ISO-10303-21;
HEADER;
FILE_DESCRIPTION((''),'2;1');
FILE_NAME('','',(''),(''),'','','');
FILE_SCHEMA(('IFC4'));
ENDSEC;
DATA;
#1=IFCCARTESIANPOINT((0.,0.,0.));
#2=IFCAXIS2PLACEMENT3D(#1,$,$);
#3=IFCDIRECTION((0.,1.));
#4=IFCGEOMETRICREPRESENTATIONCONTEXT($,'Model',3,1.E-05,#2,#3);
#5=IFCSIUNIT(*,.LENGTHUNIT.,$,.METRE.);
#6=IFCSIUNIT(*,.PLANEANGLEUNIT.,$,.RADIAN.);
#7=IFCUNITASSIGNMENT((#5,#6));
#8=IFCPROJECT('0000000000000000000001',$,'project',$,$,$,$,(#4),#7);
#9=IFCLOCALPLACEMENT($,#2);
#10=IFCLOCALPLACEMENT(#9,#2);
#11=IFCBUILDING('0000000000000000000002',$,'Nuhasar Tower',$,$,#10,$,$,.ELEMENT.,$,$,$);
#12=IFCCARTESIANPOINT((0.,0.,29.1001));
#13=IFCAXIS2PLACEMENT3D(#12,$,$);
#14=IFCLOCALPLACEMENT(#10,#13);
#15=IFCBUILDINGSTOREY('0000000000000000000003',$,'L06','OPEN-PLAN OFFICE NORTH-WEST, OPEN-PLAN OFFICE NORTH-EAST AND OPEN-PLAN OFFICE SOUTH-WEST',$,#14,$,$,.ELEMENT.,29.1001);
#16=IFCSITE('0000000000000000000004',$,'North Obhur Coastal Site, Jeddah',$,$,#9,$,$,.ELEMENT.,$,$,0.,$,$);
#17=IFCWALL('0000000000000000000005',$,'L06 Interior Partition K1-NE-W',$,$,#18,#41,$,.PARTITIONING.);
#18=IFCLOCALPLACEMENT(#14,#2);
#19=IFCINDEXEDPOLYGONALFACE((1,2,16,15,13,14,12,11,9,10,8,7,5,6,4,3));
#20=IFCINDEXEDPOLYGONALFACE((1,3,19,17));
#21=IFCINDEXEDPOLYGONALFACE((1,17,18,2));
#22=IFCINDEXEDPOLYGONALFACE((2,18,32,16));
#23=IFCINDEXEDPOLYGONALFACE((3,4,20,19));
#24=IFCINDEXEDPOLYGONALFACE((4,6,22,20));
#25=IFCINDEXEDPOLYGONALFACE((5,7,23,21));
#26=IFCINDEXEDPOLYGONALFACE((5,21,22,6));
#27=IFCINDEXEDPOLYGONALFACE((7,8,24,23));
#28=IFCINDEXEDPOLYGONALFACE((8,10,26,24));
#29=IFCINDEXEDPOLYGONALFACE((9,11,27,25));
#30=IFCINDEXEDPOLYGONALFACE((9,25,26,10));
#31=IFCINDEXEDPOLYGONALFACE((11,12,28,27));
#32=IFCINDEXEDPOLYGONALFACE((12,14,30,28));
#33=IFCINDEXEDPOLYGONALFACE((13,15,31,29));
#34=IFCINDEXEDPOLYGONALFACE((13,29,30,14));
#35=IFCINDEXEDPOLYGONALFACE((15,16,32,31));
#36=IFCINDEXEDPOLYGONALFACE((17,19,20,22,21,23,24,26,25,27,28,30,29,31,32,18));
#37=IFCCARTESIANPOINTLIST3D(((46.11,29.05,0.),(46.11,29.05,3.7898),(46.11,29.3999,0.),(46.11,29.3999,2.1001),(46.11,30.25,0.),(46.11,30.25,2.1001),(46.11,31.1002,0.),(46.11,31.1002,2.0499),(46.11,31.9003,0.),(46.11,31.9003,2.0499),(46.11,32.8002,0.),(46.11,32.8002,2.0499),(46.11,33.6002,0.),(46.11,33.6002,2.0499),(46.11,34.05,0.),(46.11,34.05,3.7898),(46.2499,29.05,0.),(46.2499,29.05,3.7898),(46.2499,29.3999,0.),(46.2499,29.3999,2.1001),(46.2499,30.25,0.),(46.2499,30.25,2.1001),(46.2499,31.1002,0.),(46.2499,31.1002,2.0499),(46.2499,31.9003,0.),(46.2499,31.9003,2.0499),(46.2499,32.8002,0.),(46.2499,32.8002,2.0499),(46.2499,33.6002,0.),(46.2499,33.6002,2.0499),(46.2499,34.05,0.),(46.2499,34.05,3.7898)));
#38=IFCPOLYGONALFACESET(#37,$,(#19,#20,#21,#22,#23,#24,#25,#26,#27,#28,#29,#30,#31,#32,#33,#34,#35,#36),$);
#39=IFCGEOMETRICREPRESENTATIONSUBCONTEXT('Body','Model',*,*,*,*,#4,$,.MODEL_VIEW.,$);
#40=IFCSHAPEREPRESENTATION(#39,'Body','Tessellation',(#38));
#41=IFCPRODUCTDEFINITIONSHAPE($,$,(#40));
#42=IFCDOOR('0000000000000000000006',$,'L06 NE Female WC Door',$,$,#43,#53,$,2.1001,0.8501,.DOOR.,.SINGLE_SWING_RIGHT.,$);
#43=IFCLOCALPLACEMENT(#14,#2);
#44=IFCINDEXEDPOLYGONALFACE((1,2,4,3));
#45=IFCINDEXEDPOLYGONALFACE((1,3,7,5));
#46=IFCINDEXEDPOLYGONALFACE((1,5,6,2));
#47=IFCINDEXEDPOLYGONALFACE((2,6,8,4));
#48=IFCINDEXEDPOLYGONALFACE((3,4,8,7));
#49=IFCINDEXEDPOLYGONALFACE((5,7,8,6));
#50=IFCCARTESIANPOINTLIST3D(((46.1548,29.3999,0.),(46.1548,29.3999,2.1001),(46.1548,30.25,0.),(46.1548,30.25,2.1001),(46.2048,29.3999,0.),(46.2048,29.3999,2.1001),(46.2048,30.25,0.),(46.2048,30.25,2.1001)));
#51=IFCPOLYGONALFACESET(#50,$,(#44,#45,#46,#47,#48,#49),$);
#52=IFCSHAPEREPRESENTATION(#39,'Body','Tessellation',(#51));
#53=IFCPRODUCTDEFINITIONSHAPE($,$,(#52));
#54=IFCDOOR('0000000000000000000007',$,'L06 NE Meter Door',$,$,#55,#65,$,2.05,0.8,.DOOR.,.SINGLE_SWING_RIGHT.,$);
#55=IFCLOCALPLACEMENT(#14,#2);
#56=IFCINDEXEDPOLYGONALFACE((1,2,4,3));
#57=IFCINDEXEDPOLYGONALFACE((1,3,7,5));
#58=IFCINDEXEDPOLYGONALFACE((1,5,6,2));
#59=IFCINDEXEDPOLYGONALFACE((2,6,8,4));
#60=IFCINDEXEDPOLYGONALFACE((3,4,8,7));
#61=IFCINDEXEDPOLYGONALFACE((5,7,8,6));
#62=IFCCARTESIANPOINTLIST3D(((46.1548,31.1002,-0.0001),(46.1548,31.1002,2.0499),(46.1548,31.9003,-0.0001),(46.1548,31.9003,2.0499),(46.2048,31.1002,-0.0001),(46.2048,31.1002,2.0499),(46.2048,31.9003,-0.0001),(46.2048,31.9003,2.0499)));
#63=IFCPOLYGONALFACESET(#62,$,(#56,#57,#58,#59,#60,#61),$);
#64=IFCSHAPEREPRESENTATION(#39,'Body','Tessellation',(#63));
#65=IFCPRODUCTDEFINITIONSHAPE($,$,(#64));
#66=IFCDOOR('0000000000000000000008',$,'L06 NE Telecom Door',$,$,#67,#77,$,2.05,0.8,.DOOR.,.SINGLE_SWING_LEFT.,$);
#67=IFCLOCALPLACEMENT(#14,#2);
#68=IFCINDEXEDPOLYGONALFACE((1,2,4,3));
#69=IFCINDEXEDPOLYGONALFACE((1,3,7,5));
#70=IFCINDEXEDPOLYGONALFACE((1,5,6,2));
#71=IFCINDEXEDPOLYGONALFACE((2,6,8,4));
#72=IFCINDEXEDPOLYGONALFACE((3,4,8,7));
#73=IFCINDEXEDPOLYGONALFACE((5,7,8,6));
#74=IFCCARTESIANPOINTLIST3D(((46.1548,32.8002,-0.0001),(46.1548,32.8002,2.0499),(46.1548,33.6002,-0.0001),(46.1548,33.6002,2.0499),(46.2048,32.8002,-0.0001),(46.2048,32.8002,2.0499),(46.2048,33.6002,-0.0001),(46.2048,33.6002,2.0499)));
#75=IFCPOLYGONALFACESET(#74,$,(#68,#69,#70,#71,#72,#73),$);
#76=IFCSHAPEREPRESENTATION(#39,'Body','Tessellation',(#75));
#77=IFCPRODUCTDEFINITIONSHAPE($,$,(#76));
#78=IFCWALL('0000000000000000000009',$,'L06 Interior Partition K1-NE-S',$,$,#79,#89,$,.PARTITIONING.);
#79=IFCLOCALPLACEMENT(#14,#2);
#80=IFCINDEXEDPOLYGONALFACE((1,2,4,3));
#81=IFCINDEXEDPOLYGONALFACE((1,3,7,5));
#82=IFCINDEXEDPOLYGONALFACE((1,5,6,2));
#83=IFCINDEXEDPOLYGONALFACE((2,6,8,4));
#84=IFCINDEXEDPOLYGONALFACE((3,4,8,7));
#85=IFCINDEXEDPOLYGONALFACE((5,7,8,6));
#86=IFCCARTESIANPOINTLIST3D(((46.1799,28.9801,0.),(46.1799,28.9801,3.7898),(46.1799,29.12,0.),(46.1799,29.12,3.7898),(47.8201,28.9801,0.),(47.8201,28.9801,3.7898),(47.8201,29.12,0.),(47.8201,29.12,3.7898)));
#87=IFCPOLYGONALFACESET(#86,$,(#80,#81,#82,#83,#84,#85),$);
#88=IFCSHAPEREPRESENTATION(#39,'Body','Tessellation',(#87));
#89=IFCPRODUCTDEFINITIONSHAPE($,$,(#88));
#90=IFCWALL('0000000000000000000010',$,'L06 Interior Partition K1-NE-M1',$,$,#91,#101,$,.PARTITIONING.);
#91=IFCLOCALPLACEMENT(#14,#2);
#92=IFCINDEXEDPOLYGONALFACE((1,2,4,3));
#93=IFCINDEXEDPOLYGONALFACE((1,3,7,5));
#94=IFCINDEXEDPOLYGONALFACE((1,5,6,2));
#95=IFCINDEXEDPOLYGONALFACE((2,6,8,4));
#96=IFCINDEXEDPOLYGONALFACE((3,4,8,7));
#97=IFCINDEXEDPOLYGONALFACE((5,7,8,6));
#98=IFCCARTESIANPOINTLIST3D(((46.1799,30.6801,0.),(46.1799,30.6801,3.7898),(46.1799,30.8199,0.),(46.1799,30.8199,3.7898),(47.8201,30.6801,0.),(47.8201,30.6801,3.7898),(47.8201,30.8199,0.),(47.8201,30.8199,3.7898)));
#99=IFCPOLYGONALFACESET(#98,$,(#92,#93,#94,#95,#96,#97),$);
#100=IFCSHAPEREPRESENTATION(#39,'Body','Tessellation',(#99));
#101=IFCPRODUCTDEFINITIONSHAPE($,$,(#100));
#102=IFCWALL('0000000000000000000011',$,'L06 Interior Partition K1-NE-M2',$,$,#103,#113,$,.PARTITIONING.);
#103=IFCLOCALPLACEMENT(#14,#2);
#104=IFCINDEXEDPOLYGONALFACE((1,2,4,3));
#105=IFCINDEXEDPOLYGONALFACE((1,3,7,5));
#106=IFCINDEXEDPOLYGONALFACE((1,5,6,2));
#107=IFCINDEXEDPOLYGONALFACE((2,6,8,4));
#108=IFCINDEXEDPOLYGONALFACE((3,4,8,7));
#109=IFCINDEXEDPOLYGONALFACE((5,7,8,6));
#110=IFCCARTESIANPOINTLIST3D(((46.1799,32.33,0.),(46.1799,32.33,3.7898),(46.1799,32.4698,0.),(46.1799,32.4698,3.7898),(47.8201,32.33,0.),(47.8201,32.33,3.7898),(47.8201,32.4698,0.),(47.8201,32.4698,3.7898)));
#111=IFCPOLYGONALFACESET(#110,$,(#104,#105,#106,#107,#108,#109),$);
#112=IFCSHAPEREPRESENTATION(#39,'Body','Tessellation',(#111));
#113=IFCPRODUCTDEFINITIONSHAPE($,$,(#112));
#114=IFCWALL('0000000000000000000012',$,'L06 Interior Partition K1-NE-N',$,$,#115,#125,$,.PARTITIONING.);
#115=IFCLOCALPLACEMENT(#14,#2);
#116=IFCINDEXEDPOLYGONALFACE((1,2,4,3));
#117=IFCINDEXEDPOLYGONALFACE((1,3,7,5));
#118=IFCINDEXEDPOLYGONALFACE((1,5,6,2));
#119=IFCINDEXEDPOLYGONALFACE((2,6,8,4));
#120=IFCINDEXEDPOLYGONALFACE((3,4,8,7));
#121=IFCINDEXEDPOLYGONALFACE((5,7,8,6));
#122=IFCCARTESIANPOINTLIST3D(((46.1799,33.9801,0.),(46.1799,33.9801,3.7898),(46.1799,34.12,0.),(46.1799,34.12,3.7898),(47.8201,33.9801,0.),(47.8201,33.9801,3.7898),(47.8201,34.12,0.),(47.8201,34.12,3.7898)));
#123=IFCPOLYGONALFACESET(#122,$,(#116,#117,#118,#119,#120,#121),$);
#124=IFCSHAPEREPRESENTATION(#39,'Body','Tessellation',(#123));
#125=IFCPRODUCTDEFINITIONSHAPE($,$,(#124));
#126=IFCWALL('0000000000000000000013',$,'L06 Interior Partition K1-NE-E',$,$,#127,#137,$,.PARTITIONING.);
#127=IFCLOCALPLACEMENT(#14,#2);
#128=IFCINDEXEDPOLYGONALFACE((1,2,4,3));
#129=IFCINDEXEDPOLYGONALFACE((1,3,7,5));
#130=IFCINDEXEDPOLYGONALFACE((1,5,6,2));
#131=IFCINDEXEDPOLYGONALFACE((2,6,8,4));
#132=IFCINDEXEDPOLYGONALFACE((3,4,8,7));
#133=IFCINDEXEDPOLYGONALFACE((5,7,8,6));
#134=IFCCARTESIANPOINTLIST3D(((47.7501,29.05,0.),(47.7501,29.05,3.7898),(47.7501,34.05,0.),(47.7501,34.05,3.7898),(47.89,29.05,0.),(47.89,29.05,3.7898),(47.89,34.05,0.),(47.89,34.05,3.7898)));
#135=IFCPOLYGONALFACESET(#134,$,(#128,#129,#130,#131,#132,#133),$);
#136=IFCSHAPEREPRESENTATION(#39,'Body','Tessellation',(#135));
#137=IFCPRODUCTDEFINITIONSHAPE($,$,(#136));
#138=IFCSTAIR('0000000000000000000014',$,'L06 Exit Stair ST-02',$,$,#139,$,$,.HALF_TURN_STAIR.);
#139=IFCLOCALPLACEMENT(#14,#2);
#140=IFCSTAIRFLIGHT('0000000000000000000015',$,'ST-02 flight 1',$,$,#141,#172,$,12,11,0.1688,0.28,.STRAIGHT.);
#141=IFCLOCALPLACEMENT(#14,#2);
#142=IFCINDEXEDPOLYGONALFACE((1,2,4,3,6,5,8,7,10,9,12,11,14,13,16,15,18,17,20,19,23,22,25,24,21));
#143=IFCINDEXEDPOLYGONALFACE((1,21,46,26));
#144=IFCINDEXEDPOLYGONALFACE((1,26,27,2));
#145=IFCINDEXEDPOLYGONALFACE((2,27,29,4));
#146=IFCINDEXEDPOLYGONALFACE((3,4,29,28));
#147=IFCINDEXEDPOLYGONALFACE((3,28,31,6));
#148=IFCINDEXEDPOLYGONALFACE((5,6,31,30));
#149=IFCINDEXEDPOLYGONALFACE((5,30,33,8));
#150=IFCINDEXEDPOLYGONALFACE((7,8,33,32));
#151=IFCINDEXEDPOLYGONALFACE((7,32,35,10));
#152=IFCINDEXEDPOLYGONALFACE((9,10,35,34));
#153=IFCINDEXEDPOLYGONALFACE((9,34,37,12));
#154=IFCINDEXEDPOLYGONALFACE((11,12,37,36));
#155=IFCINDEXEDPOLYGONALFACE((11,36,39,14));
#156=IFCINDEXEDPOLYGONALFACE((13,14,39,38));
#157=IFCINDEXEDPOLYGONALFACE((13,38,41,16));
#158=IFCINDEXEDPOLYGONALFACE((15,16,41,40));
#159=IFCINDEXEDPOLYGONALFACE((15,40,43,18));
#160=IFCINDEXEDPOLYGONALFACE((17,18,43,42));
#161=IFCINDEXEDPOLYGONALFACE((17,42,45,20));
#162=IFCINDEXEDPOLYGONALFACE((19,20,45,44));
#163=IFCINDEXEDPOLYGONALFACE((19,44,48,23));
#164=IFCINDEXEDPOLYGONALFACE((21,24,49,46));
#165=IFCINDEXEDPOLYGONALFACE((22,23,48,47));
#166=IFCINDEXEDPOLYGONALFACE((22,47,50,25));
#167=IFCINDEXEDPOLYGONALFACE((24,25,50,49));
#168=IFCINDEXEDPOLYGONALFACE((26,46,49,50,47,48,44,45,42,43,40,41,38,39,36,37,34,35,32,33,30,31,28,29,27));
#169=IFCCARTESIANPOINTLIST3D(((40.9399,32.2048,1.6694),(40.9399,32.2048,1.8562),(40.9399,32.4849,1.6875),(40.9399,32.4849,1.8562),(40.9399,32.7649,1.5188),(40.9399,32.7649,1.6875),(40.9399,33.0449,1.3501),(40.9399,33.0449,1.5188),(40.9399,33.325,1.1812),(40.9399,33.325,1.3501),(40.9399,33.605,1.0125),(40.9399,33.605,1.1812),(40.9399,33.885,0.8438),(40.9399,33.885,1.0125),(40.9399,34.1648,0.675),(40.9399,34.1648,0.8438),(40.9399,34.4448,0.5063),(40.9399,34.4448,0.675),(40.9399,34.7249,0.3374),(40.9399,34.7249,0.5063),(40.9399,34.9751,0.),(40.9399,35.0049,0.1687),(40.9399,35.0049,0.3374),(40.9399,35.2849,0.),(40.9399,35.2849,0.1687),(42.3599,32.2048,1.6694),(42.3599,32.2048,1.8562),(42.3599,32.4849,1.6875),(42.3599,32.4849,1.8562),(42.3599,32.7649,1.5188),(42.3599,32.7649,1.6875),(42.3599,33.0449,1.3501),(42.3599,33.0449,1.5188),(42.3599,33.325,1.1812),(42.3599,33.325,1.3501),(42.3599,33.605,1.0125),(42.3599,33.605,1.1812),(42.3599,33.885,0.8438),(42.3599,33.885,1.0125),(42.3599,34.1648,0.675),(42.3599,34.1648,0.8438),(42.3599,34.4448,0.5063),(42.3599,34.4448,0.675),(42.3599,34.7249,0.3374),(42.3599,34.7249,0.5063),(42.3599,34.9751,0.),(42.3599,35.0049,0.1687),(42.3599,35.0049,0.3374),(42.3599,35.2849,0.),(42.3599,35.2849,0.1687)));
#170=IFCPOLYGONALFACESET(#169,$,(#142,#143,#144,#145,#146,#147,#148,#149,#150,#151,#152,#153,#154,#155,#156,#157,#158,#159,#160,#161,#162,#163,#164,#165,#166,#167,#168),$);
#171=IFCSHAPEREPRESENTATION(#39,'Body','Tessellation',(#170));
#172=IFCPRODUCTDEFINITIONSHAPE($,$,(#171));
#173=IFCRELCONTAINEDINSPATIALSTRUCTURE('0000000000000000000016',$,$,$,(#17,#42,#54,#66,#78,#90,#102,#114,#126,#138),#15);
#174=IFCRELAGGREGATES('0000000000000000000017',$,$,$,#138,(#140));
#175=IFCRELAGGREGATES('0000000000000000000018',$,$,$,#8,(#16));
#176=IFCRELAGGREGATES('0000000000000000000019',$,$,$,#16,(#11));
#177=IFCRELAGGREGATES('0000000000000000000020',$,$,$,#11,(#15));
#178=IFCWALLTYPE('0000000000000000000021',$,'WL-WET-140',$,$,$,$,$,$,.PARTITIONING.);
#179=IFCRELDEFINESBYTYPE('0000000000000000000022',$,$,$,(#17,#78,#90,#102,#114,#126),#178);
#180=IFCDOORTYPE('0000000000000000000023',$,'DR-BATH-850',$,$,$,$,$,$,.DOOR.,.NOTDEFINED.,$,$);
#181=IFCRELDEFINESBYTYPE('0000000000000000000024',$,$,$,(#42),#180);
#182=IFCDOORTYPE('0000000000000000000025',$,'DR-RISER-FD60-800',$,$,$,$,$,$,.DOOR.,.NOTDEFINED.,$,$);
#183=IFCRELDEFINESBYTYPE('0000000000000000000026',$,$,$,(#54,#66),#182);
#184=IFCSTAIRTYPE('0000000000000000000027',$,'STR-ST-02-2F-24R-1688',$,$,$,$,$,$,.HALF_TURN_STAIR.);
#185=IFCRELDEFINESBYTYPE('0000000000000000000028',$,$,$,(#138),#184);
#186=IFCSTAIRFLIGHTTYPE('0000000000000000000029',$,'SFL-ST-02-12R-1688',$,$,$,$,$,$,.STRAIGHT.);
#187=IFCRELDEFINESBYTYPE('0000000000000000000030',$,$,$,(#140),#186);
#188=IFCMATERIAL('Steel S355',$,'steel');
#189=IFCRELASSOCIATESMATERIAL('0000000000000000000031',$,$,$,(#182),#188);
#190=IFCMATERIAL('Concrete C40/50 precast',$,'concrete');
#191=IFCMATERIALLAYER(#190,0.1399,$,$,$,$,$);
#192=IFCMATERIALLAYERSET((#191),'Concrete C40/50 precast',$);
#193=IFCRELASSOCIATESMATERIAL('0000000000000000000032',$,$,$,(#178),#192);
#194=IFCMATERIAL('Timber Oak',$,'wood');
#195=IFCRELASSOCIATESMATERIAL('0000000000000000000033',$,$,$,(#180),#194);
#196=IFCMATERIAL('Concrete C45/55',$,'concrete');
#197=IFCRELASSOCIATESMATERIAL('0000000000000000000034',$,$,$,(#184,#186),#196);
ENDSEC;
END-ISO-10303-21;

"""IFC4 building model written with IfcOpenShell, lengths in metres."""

from ifc_helpers import new_model, si_unit, direction, frame, frame_2d, origin, place, context, subcontext, project, spatial, polyline, rectangle, outline, extrude, material, layer, layer_set, type_object, element, fill, aggregate, save


model = new_model("IFC4")

# Units and contexts
model_context = context("Model", 3, precision=1e-05, world=origin(), true_north=direction((0.0, 1.0)))
body_context = subcontext(model_context, "Body", "Model", "MODEL_VIEW")
ifc_project = project(units=[si_unit("LENGTHUNIT", "METRE"), si_unit("PLANEANGLEUNIT", "RADIAN")], contexts=[model_context])

# Site, building, storey
site_placement = place(None, origin())
site = spatial("IfcSite", under=ifc_project, at=site_placement, Name="North Obhur Coastal Site, Jeddah", CompositionType="ELEMENT", RefElevation=0.0)
building_placement = place(site_placement, origin())
building = spatial("IfcBuilding", under=site, at=building_placement, Name="Nuhasar Tower", CompositionType="ELEMENT")
storey_placement = place(building_placement, frame((0.0, 0.0, 29.1001)))
storey = spatial("IfcBuildingStorey", under=building, at=storey_placement, Name="L06", Description="OPEN-PLAN OFFICE NORTH-WEST, OPEN-PLAN OFFICE NORTH-EAST AND OPEN-PLAN OFFICE SOUTH-WEST", CompositionType="ELEMENT", Elevation=29.1001)

# Shared definitions
ifc_material_1 = material(Name="Steel S355", Category="steel")

# Shared definitions
ifc_material_2 = material(Name="Concrete C45/55", Category="concrete")

# Shared definitions
door_type_1 = type_object("IfcDoorType", Name="DR-RISER-FD60-800", OperationType="NOTDEFINED", PredefinedType="DOOR", material=ifc_material_1)

# Shared definitions
ifc_material_3 = material(Name="Concrete C40/50 precast", Category="concrete")
ifc_layer_1 = layer(ifc_material_3, 0.1399)
ifc_layer_set_1 = layer_set([ifc_layer_1], Name="Concrete C40/50 precast")
wall_type_1 = type_object("IfcWallType", Name="WL-WET-140", PredefinedType="PARTITIONING", material=ifc_layer_set_1)

# Wall, openings, doors
wall_1_placement = place(storey_placement, frame((46.1799, 34.05, 0.0), z_axis=(0.0, 0.0, 1.0), x_axis=(0.0, -1.0, 0.0)))
wall_1 = element("IfcWall", 1, at=wall_1_placement, inside=storey, type_object=wall_type_1, Name="L06 Interior Partition K1-NE-W", PredefinedType="PARTITIONING", context=body_context, shape_type="SweptSolid", body=[
    extrude(rectangle(XDim=5.0, YDim=0.1399, at=frame_2d((2.5, 0.0))), origin(), (0.0, 0.0, 1.0), 3.7898),
])
opening_1_placement = place(wall_1_placement, frame((3.8, 0.0, 0.0)))
opening_1 = element("IfcOpeningElement", 2, at=opening_1_placement, cuts=wall_1, PredefinedType="OPENING", context=body_context, shape_type="SweptSolid", body=[
    extrude(rectangle(XDim=0.8501, YDim=2.1001, at=frame_2d((0.425, 1.05))), frame((0.0, 0.0801, 0.0), z_axis=(0.0, -1.0, 0.0), x_axis=(1.0, 0.0, 0.0)), (0.0, 0.0, 1.0), 0.1599),
])
opening_2_placement = place(wall_1_placement, frame((2.1499, 0.0, 0.0)))
opening_2 = element("IfcOpeningElement", 3, at=opening_2_placement, cuts=wall_1, PredefinedType="OPENING", context=body_context, shape_type="SweptSolid", body=[
    extrude(rectangle(XDim=0.8, YDim=2.05, at=frame_2d((0.3999, 1.0249))), frame((0.0, 0.0801, 0.0), z_axis=(0.0, -1.0, 0.0), x_axis=(1.0, 0.0, 0.0)), (0.0, 0.0, 1.0), 0.1599),
])
opening_3_placement = place(wall_1_placement, frame((0.45, 0.0, 0.0)))
opening_3 = element("IfcOpeningElement", 4, at=opening_3_placement, cuts=wall_1, PredefinedType="OPENING", context=body_context, shape_type="SweptSolid", body=[
    extrude(rectangle(XDim=0.8, YDim=2.05, at=frame_2d((0.3999, 1.0249))), frame((0.0, 0.0801, 0.0), z_axis=(0.0, -1.0, 0.0), x_axis=(1.0, 0.0, 0.0)), (0.0, 0.0, 1.0), 0.1599),
])
ifc_material_4 = material(Name="Timber Oak", Category="wood")
door_type_2 = type_object("IfcDoorType", Name="DR-BATH-850", OperationType="NOTDEFINED", PredefinedType="DOOR", material=ifc_material_4)
door_1_placement = place(opening_1_placement, origin())
door_1 = element("IfcDoor", 5, at=door_1_placement, inside=storey, type_object=door_type_2, Name="L06 NE Female WC Door", OperationType="SINGLE_SWING_RIGHT", OverallHeight=2.1001, OverallWidth=0.8501, PredefinedType="DOOR", context=body_context, shape_type="SweptSolid", body=[
    extrude(rectangle(XDim=0.8501, YDim=2.1001, at=frame_2d((0.425, 1.05))), frame((0.0, 0.0249, 0.0), z_axis=(0.0, -1.0, 0.0), x_axis=(1.0, 0.0, 0.0)), (0.0, 0.0, 1.0), 0.05),
])
fill(opening_1, door_1)
door_2_placement = place(opening_2_placement, origin())
door_2 = element("IfcDoor", 6, at=door_2_placement, inside=storey, type_object=door_type_1, Name="L06 NE Meter Door", OperationType="SINGLE_SWING_RIGHT", OverallHeight=2.05, OverallWidth=0.8, PredefinedType="DOOR", context=body_context, shape_type="SweptSolid", body=[
    extrude(rectangle(XDim=0.8, YDim=2.05, at=frame_2d((0.3999, 1.0249))), frame((0.0, 0.0249, 0.0), z_axis=(0.0, -1.0, 0.0), x_axis=(1.0, 0.0, 0.0)), (0.0, 0.0, 1.0), 0.05),
])
fill(opening_2, door_2)
door_3_placement = place(opening_3_placement, origin())
door_3 = element("IfcDoor", 7, at=door_3_placement, inside=storey, type_object=door_type_1, Name="L06 NE Telecom Door", OperationType="SINGLE_SWING_LEFT", OverallHeight=2.05, OverallWidth=0.8, PredefinedType="DOOR", context=body_context, shape_type="SweptSolid", body=[
    extrude(rectangle(XDim=0.8, YDim=2.05, at=frame_2d((0.3999, 1.0249))), frame((0.0, 0.0249, 0.0), z_axis=(0.0, -1.0, 0.0), x_axis=(1.0, 0.0, 0.0)), (0.0, 0.0, 1.0), 0.05),
])
fill(opening_3, door_3)

# Walls
for number, where, z_axis, x_axis, name in (
    (8, (46.1799, 29.05, 0.0), (0.0, 0.0, 1.0), (1.0, 0.0, 0.0), "L06 Interior Partition K1-NE-S"),
    (9, (46.1799, 30.75, 0.0), (0.0, 0.0, 1.0), (1.0, 0.0, 0.0), "L06 Interior Partition K1-NE-M1"),
    (10, (46.1799, 32.3999, 0.0), (0.0, 0.0, 1.0), (1.0, 0.0, 0.0), "L06 Interior Partition K1-NE-M2"),
    (11, (46.1799, 34.05, 0.0), (0.0, 0.0, 1.0), (1.0, 0.0, 0.0), "L06 Interior Partition K1-NE-N"),
):
    element("IfcWall", number, at=place(storey_placement, frame(where, z_axis=z_axis, x_axis=x_axis)), inside=storey, type_object=wall_type_1, Name=name, PredefinedType="PARTITIONING", context=body_context, shape_type="SweptSolid", body=[
        extrude(rectangle(XDim=1.6401, YDim=0.1399, at=frame_2d((0.8201, 0.0))), origin(), (0.0, 0.0, 1.0), 3.7898),
    ])
wall_2_placement = place(storey_placement, frame((47.8201, 29.05, 0.0), z_axis=(0.0, 0.0, 1.0), x_axis=(0.0, 1.0, 0.0)))
element("IfcWall", 12, at=wall_2_placement, inside=storey, type_object=wall_type_1, Name="L06 Interior Partition K1-NE-E", PredefinedType="PARTITIONING", context=body_context, shape_type="SweptSolid", body=[
    extrude(rectangle(XDim=5.0, YDim=0.1399, at=frame_2d((2.5, 0.0))), origin(), (0.0, 0.0, 1.0), 3.7898),
])

# Stair, stair flight
stair_type_1 = type_object("IfcStairType", Name="STR-ST-02-2F-24R-1688", PredefinedType="HALF_TURN_STAIR", material=ifc_material_2)
stair_1_placement = place(storey_placement, origin())
stair_1 = element("IfcStair", 13, at=stair_1_placement, inside=storey, type_object=stair_type_1, Name="L06 Exit Stair ST-02", PredefinedType="HALF_TURN_STAIR")
stair_flight_type_1 = type_object("IfcStairFlightType", Name="SFL-ST-02-12R-1688", PredefinedType="STRAIGHT", material=ifc_material_2)
stair_flight_1_placement = place(storey_placement, frame((41.6499, 35.2849, 0.0), z_axis=(0.0, 0.0, 1.0), x_axis=(0.0, -1.0, 0.0)))
stair_flight_1 = element("IfcStairFlight", 14, at=stair_flight_1_placement, type_object=stair_flight_type_1, Name="ST-02 flight 1", NumberOfRisers=12, NumberOfTreads=11, PredefinedType="STRAIGHT", RiserHeight=0.1688, TreadLength=0.28, context=body_context, shape_type="SweptSolid", body=[
    extrude(outline(polyline([(0.0, 0.0), (0.0, 0.1687), (0.28, 0.1687), (0.28, 0.3374), (0.5601, 0.3374), (0.5601, 0.5063), (0.8401, 0.5063), (0.8401, 0.675), (1.1201, 0.675), (1.1201, 0.8438), (1.3999, 0.8438), (1.3999, 1.0125), (1.6799, 1.0125), (1.6799, 1.1812), (1.96, 1.1812), (1.96, 1.3501), (2.24, 1.3501), (2.24, 1.5188), (2.52, 1.5188), (2.52, 1.6875), (2.8, 1.6875), (2.8, 1.8562), (3.0801, 1.8562), (3.0801, 2.0249), (3.0801, 1.6694), (0.3098, 0.0), (0.0, 0.0)])), frame((0.0, 0.71, 0.0), z_axis=(0.0, -1.0, 0.0), x_axis=(1.0, 0.0, 0.0)), (0.0, 0.0, 1.0), 1.4199),
])
aggregate(stair_1, [stair_flight_1])

save(model, "model.ifc")
